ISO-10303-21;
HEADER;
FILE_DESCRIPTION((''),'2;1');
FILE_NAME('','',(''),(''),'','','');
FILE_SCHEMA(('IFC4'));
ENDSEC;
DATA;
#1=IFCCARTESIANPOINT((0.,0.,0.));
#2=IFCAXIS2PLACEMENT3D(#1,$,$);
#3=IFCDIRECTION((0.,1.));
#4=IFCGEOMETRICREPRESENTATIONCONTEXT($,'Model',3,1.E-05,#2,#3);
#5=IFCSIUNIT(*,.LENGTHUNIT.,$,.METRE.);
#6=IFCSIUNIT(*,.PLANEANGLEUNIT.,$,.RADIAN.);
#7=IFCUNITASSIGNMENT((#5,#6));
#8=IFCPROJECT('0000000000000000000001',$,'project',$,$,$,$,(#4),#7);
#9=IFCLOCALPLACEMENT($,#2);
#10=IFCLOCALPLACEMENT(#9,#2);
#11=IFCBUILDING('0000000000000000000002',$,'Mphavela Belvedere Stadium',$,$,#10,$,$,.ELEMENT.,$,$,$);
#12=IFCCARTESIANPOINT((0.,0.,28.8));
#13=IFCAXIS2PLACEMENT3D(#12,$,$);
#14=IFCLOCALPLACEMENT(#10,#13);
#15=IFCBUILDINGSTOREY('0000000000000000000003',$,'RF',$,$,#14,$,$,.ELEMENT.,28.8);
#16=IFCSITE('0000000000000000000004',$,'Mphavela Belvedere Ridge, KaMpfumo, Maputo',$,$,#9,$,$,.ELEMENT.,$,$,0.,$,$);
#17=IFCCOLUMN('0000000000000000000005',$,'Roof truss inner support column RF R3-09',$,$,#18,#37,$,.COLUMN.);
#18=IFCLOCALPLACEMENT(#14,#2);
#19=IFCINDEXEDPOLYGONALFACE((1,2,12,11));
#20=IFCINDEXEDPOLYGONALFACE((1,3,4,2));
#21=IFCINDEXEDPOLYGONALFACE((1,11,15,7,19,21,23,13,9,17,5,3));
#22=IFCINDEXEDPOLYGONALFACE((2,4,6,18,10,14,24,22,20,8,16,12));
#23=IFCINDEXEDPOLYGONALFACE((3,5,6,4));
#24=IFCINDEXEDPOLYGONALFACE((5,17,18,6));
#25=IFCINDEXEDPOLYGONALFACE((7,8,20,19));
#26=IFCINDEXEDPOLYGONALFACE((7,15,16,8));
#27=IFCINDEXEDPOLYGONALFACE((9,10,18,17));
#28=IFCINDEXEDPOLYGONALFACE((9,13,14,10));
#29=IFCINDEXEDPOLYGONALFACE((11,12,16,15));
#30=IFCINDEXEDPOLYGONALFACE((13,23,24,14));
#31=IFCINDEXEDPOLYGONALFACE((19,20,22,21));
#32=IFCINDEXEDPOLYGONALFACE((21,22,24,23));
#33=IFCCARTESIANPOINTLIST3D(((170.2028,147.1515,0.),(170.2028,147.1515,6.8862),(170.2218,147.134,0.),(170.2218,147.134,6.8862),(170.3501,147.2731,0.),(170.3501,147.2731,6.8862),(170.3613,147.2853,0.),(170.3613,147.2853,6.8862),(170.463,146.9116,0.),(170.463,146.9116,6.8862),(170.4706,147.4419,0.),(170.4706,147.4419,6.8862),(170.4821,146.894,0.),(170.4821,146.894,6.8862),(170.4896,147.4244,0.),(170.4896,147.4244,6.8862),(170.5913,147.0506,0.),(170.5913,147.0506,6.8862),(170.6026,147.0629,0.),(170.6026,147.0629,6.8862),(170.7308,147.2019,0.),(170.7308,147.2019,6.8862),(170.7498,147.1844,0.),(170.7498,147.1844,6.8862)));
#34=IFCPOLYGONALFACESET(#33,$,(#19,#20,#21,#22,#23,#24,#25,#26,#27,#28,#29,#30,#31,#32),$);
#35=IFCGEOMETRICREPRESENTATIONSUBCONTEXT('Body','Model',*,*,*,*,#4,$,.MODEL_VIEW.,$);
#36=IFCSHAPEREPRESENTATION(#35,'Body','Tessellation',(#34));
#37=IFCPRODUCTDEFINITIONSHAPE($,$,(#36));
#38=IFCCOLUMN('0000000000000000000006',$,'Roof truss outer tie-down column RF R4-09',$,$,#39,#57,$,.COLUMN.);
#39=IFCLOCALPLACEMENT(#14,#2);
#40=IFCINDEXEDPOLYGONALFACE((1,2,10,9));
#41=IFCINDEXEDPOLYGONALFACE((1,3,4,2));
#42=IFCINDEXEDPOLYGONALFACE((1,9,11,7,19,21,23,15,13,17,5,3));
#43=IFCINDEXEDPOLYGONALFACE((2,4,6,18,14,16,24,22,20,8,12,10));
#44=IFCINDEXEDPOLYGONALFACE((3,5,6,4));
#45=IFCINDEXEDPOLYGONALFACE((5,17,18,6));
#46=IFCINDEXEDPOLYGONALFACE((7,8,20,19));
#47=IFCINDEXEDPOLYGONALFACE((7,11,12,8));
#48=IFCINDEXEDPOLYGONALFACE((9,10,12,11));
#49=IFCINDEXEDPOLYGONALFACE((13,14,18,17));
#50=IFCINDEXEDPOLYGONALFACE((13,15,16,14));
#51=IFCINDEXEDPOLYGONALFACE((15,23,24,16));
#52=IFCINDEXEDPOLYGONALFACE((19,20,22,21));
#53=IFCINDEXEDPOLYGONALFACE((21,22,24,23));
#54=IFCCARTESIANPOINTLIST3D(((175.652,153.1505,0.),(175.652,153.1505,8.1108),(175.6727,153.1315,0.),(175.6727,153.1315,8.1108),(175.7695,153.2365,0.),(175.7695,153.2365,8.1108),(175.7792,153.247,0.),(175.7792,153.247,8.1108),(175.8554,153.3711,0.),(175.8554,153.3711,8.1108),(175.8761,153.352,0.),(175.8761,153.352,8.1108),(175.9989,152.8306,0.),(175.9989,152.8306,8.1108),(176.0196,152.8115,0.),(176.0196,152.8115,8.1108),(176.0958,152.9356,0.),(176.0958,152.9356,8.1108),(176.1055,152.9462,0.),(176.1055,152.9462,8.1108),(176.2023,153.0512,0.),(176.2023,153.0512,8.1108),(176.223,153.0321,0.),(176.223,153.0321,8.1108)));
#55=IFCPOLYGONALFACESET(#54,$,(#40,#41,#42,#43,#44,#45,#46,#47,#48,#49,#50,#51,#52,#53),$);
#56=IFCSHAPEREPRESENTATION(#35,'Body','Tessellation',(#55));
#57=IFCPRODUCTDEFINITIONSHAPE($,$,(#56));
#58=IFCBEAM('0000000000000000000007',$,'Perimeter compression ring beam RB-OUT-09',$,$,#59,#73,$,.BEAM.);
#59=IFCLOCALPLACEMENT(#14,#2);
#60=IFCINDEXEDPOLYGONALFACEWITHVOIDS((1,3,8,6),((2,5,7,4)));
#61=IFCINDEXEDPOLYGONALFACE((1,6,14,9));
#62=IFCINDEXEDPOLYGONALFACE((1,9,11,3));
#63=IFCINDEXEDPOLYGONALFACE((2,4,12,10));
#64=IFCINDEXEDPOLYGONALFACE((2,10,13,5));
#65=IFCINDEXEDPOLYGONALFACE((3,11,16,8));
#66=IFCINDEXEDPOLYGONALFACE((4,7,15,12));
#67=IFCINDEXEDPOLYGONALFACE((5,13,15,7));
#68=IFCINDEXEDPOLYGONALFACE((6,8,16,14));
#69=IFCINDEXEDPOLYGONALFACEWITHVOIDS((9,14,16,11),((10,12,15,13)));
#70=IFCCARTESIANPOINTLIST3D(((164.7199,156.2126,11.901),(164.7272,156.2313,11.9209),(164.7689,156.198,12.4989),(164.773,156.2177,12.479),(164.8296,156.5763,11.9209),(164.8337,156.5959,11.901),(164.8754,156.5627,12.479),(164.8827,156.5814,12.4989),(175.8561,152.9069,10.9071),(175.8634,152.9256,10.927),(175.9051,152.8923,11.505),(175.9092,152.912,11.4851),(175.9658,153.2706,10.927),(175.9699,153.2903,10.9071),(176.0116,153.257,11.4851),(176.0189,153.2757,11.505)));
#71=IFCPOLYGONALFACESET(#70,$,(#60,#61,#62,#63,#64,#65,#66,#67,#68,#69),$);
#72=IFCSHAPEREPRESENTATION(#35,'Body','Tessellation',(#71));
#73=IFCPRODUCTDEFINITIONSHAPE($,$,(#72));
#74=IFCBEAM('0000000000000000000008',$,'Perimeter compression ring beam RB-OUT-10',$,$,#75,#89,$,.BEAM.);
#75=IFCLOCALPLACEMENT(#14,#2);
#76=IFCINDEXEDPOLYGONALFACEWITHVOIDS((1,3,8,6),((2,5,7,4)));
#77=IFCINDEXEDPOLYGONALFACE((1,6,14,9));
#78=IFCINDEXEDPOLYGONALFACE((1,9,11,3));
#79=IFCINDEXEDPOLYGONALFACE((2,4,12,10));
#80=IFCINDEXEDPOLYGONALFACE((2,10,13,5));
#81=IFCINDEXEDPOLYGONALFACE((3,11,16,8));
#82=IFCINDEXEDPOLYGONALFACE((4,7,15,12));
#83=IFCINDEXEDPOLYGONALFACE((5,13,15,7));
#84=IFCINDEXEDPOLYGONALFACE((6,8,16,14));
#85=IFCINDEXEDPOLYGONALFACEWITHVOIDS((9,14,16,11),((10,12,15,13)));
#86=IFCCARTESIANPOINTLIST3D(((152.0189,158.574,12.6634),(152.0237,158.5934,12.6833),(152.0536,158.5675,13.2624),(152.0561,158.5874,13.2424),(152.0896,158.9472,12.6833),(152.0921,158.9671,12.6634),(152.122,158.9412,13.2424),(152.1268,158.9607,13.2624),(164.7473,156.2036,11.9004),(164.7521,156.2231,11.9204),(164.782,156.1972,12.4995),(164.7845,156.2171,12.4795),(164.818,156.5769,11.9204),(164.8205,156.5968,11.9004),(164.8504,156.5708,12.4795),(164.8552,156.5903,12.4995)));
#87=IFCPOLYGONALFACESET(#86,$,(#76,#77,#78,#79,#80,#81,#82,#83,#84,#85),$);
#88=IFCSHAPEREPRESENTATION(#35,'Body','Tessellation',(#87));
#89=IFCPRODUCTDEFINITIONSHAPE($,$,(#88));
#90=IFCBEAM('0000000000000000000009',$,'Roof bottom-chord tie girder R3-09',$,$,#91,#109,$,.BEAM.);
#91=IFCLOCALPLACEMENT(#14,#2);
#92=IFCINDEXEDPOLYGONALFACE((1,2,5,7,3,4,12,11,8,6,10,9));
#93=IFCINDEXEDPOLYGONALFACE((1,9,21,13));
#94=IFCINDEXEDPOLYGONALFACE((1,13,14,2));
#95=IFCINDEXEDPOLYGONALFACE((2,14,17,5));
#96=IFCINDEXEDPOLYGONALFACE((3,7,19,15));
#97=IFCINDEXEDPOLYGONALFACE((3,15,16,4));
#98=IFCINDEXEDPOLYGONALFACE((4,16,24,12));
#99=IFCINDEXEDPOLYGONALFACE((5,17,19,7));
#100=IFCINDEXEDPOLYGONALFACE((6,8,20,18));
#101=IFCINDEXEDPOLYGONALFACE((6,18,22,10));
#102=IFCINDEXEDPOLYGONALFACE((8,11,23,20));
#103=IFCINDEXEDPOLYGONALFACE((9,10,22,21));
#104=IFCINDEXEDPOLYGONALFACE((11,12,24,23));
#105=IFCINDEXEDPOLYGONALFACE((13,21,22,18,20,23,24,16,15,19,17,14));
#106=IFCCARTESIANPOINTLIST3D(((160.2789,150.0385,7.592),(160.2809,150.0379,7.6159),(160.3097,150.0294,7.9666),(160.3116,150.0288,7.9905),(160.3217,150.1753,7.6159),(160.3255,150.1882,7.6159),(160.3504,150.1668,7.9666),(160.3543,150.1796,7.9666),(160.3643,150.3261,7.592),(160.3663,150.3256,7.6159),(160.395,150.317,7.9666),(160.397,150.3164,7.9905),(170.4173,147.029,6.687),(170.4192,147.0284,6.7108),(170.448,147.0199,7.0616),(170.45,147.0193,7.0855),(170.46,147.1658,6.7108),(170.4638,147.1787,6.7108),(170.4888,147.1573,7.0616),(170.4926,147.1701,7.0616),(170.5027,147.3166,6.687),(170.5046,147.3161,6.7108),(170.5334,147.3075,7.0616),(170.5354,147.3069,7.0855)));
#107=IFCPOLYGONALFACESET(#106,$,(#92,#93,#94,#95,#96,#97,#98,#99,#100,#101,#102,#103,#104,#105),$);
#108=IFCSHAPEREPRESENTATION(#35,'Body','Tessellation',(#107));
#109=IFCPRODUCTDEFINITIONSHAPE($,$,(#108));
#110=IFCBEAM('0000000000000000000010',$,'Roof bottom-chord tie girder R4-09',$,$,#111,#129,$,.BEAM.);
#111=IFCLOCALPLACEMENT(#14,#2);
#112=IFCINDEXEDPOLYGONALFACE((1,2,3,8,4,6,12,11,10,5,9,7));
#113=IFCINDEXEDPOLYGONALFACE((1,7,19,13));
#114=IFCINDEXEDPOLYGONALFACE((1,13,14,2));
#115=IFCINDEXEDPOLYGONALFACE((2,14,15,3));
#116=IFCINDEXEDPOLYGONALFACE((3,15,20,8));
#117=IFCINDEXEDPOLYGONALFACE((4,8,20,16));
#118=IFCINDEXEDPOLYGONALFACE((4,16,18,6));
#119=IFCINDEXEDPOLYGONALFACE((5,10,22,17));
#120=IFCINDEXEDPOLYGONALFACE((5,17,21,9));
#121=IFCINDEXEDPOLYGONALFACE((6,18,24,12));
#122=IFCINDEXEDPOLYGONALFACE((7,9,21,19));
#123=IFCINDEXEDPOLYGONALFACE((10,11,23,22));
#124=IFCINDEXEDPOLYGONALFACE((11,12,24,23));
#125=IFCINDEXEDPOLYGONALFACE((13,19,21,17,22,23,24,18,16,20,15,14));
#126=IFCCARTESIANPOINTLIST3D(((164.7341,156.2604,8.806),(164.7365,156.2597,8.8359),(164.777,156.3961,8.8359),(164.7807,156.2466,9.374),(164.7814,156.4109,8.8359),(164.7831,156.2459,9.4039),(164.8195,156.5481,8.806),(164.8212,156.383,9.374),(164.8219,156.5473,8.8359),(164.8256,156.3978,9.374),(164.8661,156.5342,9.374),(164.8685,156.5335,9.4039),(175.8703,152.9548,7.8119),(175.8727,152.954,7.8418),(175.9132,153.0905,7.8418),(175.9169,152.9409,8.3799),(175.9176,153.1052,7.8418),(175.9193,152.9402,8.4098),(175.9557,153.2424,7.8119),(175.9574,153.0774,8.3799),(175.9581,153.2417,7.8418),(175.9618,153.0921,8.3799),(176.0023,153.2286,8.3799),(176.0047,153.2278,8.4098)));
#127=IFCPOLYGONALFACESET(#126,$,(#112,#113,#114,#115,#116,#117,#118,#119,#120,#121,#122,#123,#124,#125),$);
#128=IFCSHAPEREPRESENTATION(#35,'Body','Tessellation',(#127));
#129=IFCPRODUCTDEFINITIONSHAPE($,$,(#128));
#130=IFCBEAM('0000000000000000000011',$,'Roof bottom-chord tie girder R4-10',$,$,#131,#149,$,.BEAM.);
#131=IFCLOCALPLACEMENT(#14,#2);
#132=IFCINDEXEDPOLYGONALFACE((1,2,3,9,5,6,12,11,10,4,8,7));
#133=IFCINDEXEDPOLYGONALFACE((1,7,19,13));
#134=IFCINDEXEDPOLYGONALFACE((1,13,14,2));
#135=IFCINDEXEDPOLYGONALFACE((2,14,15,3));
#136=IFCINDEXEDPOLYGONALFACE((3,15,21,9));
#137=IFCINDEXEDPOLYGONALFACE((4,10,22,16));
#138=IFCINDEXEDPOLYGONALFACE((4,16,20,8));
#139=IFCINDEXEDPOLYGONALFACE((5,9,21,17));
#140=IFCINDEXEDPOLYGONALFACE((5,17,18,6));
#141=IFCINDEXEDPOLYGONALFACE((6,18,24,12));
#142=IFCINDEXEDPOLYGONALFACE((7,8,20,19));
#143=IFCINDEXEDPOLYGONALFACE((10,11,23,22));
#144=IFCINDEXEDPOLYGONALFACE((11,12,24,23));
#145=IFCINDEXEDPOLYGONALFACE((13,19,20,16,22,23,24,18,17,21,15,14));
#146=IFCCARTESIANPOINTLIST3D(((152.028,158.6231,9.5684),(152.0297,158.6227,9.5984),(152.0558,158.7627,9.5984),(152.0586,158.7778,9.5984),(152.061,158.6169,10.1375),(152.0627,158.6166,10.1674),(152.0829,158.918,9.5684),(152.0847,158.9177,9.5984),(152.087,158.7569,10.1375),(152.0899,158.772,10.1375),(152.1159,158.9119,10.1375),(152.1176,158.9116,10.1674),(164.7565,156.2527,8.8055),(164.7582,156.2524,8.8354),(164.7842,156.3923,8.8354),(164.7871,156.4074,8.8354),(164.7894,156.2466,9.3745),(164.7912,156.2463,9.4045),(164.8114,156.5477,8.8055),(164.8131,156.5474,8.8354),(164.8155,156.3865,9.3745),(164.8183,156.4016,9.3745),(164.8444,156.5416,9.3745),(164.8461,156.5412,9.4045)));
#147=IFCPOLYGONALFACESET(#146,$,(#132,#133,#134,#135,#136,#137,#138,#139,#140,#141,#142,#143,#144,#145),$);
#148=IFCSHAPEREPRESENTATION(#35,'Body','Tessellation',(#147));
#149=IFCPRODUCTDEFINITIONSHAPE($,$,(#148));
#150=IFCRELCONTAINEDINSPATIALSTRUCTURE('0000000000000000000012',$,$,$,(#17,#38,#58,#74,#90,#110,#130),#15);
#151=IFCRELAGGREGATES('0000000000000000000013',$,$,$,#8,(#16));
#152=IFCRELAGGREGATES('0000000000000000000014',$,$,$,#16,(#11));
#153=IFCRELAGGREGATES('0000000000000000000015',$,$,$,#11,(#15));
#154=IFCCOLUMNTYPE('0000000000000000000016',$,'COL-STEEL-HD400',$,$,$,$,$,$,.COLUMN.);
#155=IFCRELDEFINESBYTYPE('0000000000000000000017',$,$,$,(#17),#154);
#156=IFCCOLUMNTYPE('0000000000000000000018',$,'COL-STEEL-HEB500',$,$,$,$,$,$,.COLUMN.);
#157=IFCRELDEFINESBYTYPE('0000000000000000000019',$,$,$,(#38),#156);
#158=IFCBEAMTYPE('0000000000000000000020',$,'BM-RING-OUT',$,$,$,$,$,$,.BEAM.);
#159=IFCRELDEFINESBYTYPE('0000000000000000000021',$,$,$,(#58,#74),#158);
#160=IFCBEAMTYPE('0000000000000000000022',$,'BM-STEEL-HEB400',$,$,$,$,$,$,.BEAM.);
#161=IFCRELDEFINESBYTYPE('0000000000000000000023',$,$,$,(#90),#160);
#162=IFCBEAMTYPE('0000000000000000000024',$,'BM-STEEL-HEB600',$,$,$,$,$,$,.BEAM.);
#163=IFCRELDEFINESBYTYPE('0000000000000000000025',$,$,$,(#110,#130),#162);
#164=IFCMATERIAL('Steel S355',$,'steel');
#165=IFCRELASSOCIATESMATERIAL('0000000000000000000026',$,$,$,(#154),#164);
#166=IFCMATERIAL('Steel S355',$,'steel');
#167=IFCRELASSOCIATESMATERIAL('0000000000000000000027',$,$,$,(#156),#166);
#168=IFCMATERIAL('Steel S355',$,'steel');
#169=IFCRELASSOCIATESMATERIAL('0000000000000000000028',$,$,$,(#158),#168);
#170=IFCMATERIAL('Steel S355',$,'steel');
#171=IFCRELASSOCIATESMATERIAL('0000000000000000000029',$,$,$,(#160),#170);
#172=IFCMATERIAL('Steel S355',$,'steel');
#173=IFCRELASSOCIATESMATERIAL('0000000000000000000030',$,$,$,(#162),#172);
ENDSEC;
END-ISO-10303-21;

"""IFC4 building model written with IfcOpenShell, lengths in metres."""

from ifc_helpers import new_model, si_unit, direction, frame, origin, origin_2d, place, context, subcontext, project, spatial, hollow_rectangle, i_section, extrude, material, material_profile, profile_set, type_object, element, save


model = new_model("IFC4")

# Units and contexts
model_context = context("Model", 3, precision=1e-05, world=origin(), true_north=direction((0.0, 1.0)))
body_context = subcontext(model_context, "Body", "Model", "MODEL_VIEW")
ifc_project = project(units=[si_unit("LENGTHUNIT", "METRE"), si_unit("PLANEANGLEUNIT", "RADIAN")], contexts=[model_context])

# Site, building, storey
site_placement = place(None, origin())
site = spatial("IfcSite", under=ifc_project, at=site_placement, Name="Mphavela Belvedere Ridge, KaMpfumo, Maputo", CompositionType="ELEMENT", RefElevation=0.0)
building_placement = place(site_placement, origin())
building = spatial("IfcBuilding", under=site, at=building_placement, Name="Mphavela Belvedere Stadium", CompositionType="ELEMENT")
storey_placement = place(building_placement, frame((0.0, 0.0, 28.8)))
storey = spatial("IfcBuildingStorey", under=building, at=storey_placement, Name="RF", CompositionType="ELEMENT", Elevation=28.8)

# Columns
ifc_material_1 = material(Name="Steel S355", Category="steel")
ifc_material_profile_1 = material_profile(ifc_material_1, i_section(OverallWidth=0.395, OverallDepth=0.3799, WebThickness=0.0166, FlangeThickness=0.0259, at=origin_2d()), Name="HD 400x237")
ifc_profile_set_1 = profile_set([ifc_material_profile_1], Name="Steel S355")
column_type_1 = type_object("IfcColumnType", Name="COL-STEEL-HD400", PredefinedType="COLUMN", material=ifc_profile_set_1)
column_1_placement = place(storey_placement, frame((170.4763, 147.168, 0.0), z_axis=(0.0, 0.0, 1.0), x_axis=(0.677903, 0.735151, 0.0)))
element("IfcColumn", 1, at=column_1_placement, inside=storey, type_object=column_type_1, Name="Roof truss inner support column RF R3-09", PredefinedType="COLUMN", context=body_context, shape_type="SweptSolid", body=[
    extrude(i_section(OverallWidth=0.395, OverallDepth=0.3799, WebThickness=0.0166, FlangeThickness=0.0259, at=origin_2d()), origin(), (0.0, 0.0, 1.0), 6.8862),
])
ifc_material_2 = material(Name="Steel S355", Category="steel")
ifc_material_profile_2 = material_profile(ifc_material_2, i_section(OverallWidth=0.3, OverallDepth=0.5, WebThickness=0.0144, FlangeThickness=0.0281, at=origin_2d()), Name="HEB 500")
ifc_profile_set_2 = profile_set([ifc_material_profile_2], Name="Steel S355")
column_type_2 = type_object("IfcColumnType", Name="COL-STEEL-HEB500", PredefinedType="COLUMN", material=ifc_profile_set_2)
column_2_placement = place(storey_placement, frame((175.9375, 153.0913, 0.0), z_axis=(0.0, 0.0, 1.0), x_axis=(0.677903, 0.735151, 0.0)))
element("IfcColumn", 2, at=column_2_placement, inside=storey, type_object=column_type_2, Name="Roof truss outer tie-down column RF R4-09", PredefinedType="COLUMN", context=body_context, shape_type="SweptSolid", body=[
    extrude(i_section(OverallWidth=0.3, OverallDepth=0.5, WebThickness=0.0144, FlangeThickness=0.0281, at=origin_2d()), origin(), (0.0, 0.0, 1.0), 8.1108),
])

# Beams
ifc_material_3 = material(Name="Steel S355", Category="steel")
ifc_material_profile_3 = material_profile(ifc_material_3, hollow_rectangle(XDim=0.3999, YDim=0.6001, WallThickness=0.02, at=origin_2d()), Name="RHS 600x400x20")
ifc_profile_set_3 = profile_set([ifc_material_profile_3], Name="Steel S355")
beam_type_1 = type_object("IfcBeamType", Name="BM-RING-OUT", PredefinedType="BEAM", material=ifc_profile_set_3)
beam_1_placement = place(storey_placement, frame((175.9375, 153.0913, 11.2061), z_axis=(-0.955167, 0.28353, 0.085248), x_axis=(-0.284566, -0.958656, 0.0)))
element("IfcBeam", 3, at=beam_1_placement, inside=storey, type_object=beam_type_1, Name="Perimeter compression ring beam RB-OUT-09", PredefinedType="BEAM", context=body_context, shape_type="SweptSolid", body=[
    extrude(hollow_rectangle(XDim=0.3999, YDim=0.6001, WallThickness=0.02, at=origin_2d()), origin(), (0.0, 0.0, 1.0), 11.6589),
])
beam_2_placement = place(storey_placement, frame((164.8013, 156.397, 12.2), z_axis=(-0.981396, 0.18276, 0.058824), x_axis=(-0.183077, -0.983099, 0.0)))
element("IfcBeam", 4, at=beam_2_placement, inside=storey, type_object=beam_type_1, Name="Perimeter compression ring beam RB-OUT-10", PredefinedType="BEAM", context=body_context, shape_type="SweptSolid", body=[
    extrude(hollow_rectangle(XDim=0.3999, YDim=0.6001, WallThickness=0.02, at=origin_2d()), origin(), (0.0, 0.0, 1.0), 12.9697),
])
ifc_material_4 = material(Name="Steel S355", Category="steel")
ifc_material_profile_4 = material_profile(ifc_material_4, i_section(OverallWidth=0.3, OverallDepth=0.3999, WebThickness=0.0134, FlangeThickness=0.0239, at=origin_2d()), Name="HEB 400")
ifc_profile_set_4 = profile_set([ifc_material_profile_4], Name="Steel S355")
beam_type_2 = type_object("IfcBeamType", Name="BM-STEEL-HEB400", PredefinedType="BEAM", material=ifc_profile_set_4)
beam_3_placement = place(storey_placement, frame((170.4763, 147.168, 6.8862), z_axis=(-0.955164, 0.283534, 0.085265), x_axis=(-0.28457, -0.958655, 0.0)))
element("IfcBeam", 5, at=beam_3_placement, inside=storey, type_object=beam_type_2, Name="Roof bottom-chord tie girder R3-09", PredefinedType="BEAM", context=body_context, shape_type="SweptSolid", body=[
    extrude(i_section(OverallWidth=0.3, OverallDepth=0.3999, WebThickness=0.0134, FlangeThickness=0.0239, at=origin_2d()), origin(), (0.0, 0.0, 1.0), 10.6143),
])
ifc_material_5 = material(Name="Steel S355", Category="steel")
ifc_material_profile_5 = material_profile(ifc_material_5, i_section(OverallWidth=0.3, OverallDepth=0.6001, WebThickness=0.0154, FlangeThickness=0.03, at=origin_2d()), Name="HEB 600")
ifc_profile_set_5 = profile_set([ifc_material_profile_5], Name="Steel S355")
beam_type_3 = type_object("IfcBeamType", Name="BM-STEEL-HEB600", PredefinedType="BEAM", material=ifc_profile_set_5)
beam_4_placement = place(storey_placement, frame((175.9375, 153.0913, 8.1108), z_axis=(-0.955165, 0.28353, 0.085268), x_axis=(-0.284566, -0.958656, 0.0)))
element("IfcBeam", 6, at=beam_4_placement, inside=storey, type_object=beam_type_3, Name="Roof bottom-chord tie girder R4-09", PredefinedType="BEAM", context=body_context, shape_type="SweptSolid", body=[
    extrude(i_section(OverallWidth=0.3, OverallDepth=0.6001, WebThickness=0.0154, FlangeThickness=0.03, at=origin_2d()), origin(), (0.0, 0.0, 1.0), 11.6589),
])
beam_5_placement = place(storey_placement, frame((164.8013, 156.397, 9.105), z_axis=(-0.981396, 0.18276, 0.058824), x_axis=(-0.183077, -0.983099, 0.0)))
element("IfcBeam", 7, at=beam_5_placement, inside=storey, type_object=beam_type_3, Name="Roof bottom-chord tie girder R4-10", PredefinedType="BEAM", context=body_context, shape_type="SweptSolid", body=[
    extrude(i_section(OverallWidth=0.3, OverallDepth=0.6001, WebThickness=0.0154, FlangeThickness=0.03, at=origin_2d()), origin(), (0.0, 0.0, 1.0), 12.9697),
])

save(model, "model.ifc")
